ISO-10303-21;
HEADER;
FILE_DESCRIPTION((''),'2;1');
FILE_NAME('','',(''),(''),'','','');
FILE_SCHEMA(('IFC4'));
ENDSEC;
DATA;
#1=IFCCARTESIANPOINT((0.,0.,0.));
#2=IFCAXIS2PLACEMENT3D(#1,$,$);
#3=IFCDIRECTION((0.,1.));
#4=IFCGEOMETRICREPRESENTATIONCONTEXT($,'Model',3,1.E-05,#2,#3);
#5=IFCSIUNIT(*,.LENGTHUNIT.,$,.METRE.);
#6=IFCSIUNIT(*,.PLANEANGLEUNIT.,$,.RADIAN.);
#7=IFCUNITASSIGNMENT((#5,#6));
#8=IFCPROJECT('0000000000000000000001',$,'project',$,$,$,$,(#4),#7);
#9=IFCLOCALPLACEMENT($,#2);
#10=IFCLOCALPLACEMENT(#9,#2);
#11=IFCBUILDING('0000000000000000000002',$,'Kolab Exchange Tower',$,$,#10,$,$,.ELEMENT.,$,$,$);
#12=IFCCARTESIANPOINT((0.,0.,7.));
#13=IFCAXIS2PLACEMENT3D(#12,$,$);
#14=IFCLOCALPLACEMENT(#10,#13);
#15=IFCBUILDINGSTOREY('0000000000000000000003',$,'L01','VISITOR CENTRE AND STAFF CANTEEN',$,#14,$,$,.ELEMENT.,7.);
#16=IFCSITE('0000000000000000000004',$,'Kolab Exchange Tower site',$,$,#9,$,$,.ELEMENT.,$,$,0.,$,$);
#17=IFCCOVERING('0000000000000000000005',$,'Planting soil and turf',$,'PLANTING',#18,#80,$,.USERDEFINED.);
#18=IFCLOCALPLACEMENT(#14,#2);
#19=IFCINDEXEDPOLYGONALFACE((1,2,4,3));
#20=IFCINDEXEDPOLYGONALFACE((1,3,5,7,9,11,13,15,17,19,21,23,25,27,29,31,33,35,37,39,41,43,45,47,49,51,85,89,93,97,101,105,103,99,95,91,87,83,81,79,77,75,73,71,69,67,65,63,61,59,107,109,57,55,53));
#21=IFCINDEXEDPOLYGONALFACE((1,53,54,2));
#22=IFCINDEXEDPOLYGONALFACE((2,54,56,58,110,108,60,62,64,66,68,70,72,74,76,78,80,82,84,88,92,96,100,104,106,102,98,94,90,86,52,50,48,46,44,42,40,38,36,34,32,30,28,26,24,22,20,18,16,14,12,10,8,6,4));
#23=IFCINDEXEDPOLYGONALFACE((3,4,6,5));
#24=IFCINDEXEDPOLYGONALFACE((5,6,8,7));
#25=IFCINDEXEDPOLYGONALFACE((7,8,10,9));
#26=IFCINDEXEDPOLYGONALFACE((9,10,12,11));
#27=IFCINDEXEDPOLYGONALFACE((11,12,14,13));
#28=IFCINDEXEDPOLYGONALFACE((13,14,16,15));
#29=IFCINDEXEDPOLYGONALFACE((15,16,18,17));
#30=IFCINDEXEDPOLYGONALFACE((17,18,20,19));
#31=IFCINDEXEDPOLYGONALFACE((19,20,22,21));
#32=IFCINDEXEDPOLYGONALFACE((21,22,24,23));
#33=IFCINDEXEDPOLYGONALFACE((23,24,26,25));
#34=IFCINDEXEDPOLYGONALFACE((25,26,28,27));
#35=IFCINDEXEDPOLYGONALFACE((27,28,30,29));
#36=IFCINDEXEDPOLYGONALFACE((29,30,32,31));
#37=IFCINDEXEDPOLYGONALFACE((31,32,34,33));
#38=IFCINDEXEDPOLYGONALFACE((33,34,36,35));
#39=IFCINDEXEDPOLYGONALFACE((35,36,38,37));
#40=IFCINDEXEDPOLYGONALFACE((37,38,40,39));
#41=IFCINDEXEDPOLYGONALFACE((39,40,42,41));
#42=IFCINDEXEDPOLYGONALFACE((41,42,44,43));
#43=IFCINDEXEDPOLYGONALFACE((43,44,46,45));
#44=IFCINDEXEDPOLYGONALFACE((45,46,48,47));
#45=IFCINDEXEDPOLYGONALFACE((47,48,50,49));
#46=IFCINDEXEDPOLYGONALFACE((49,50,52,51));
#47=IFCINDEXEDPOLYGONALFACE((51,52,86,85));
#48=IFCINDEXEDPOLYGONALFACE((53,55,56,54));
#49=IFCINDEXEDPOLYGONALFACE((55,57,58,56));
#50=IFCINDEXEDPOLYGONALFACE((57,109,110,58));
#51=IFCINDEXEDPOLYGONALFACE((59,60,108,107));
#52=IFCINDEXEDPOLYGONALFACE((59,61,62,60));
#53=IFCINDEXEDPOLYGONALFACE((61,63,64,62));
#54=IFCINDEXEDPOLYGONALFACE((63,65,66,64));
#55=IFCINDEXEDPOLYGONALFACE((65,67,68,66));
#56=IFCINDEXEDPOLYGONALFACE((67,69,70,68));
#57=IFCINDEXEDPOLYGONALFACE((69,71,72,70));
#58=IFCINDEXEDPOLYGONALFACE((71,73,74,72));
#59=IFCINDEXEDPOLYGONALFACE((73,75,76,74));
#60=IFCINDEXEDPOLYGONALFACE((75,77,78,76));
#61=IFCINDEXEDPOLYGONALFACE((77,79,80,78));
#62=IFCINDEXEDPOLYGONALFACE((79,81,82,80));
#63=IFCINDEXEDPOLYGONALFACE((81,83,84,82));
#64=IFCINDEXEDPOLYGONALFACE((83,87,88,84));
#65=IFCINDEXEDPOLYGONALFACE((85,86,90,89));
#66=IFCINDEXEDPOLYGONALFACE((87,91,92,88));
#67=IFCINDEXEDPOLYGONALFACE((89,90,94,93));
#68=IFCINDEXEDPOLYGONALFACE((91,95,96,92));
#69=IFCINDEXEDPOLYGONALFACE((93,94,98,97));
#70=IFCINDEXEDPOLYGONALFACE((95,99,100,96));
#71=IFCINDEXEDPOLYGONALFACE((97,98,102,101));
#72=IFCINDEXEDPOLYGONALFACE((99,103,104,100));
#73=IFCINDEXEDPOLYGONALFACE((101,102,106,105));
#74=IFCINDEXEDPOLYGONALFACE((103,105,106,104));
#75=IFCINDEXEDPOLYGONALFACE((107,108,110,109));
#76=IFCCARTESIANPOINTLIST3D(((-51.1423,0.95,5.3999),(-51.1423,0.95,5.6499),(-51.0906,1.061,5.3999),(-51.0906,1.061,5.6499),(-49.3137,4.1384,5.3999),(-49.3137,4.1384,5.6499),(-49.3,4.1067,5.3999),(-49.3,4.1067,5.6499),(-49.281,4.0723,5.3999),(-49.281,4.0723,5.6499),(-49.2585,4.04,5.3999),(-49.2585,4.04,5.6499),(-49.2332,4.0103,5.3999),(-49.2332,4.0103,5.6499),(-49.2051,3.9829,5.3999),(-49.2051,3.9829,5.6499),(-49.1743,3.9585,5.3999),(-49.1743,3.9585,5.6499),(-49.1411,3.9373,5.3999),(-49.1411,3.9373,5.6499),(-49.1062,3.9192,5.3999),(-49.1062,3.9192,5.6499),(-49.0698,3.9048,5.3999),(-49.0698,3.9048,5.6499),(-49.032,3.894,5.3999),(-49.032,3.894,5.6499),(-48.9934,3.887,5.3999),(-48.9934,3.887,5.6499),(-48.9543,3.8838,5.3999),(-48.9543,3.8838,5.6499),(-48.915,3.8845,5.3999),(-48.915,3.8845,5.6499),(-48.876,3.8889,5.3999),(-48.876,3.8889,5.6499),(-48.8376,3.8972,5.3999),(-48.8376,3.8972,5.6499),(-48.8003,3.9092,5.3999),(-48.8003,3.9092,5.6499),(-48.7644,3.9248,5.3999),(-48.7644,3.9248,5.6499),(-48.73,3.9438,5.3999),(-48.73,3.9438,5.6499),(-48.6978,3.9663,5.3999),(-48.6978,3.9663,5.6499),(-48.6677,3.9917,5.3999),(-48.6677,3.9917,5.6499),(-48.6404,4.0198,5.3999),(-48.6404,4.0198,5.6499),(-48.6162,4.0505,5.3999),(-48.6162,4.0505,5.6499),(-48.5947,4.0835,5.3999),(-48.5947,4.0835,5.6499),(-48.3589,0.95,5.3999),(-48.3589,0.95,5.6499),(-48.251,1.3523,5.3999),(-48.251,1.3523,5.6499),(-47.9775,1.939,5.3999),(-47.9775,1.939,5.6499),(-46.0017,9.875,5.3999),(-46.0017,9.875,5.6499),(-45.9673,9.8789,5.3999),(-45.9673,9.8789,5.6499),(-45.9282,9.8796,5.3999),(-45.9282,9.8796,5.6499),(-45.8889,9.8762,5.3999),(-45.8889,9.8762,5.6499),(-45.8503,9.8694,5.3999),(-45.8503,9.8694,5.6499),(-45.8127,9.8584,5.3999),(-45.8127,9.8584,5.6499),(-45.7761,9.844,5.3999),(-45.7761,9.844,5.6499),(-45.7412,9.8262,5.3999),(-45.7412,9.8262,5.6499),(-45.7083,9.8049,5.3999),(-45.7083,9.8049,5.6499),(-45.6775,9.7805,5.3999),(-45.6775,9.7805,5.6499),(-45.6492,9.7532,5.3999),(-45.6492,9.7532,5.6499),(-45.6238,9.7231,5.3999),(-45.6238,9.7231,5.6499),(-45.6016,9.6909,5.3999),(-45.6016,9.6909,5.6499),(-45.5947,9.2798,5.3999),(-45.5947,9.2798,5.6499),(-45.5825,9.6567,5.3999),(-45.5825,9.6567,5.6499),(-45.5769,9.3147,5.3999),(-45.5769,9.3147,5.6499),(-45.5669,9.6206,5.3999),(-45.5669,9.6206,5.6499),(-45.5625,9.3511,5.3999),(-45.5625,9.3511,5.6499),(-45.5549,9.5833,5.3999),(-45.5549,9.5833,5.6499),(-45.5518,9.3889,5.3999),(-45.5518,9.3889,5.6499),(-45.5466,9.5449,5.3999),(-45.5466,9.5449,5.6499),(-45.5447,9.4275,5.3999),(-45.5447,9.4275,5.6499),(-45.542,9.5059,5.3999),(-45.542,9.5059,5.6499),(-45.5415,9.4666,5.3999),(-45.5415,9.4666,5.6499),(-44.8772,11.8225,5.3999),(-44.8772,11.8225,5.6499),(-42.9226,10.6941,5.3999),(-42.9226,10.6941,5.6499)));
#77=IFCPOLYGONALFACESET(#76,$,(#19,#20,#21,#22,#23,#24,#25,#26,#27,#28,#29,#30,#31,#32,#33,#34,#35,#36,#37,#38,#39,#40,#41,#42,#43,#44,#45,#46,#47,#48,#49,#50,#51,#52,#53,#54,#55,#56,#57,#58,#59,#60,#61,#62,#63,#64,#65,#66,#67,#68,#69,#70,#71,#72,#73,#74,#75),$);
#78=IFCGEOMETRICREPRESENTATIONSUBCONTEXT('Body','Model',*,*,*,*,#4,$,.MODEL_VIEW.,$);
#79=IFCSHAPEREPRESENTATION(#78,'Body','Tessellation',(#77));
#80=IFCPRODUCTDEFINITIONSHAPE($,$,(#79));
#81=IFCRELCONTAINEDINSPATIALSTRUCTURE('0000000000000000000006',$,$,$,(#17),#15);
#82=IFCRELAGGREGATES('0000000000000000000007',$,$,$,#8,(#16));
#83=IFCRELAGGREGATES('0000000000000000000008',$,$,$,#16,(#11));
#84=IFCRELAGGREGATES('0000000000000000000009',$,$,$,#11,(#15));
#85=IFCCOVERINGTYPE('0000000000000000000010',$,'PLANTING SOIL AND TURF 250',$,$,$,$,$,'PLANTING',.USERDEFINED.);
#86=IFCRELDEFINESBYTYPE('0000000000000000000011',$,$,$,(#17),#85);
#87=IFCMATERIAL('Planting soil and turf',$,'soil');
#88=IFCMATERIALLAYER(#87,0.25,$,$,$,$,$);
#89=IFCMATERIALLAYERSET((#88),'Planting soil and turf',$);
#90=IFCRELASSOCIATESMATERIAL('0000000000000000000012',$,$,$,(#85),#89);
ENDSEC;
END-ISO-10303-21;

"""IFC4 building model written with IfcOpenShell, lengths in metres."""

from ifc_helpers import new_model, si_unit, direction, frame, origin, place, context, subcontext, project, spatial, polyline, outline, extrude, material, layer, layer_set, type_object, element, save


model = new_model("IFC4")

# Units and contexts
model_context = context("Model", 3, precision=1e-05, world=origin(), true_north=direction((0.0, 1.0)))
body_context = subcontext(model_context, "Body", "Model", "MODEL_VIEW")
ifc_project = project(units=[si_unit("LENGTHUNIT", "METRE"), si_unit("PLANEANGLEUNIT", "RADIAN")], contexts=[model_context])

# Site, building, storey
site_placement = place(None, origin())
site = spatial("IfcSite", under=ifc_project, at=site_placement, Name="Kolab Exchange Tower site", CompositionType="ELEMENT", RefElevation=0.0)
building_placement = place(site_placement, origin())
building = spatial("IfcBuilding", under=site, at=building_placement, Name="Kolab Exchange Tower", CompositionType="ELEMENT")
storey_placement = place(building_placement, frame((0.0, 0.0, 7.0)))
storey = spatial("IfcBuildingStorey", under=building, at=storey_placement, Name="L01", Description="VISITOR CENTRE AND STAFF CANTEEN", CompositionType="ELEMENT", Elevation=7.0)

# Covering
ifc_material_1 = material(Name="Planting soil and turf", Category="soil")
ifc_layer_1 = layer(ifc_material_1, 0.25)
ifc_layer_set_1 = layer_set([ifc_layer_1], Name="Planting soil and turf")
covering_type = type_object("IfcCoveringType", Name="PLANTING SOIL AND TURF 250", ElementType="PLANTING", PredefinedType="USERDEFINED", material=ifc_layer_set_1)
covering_placement = place(storey_placement, frame((0.0, 0.0, 5.3999)))
element("IfcCovering", 1, at=covering_placement, inside=storey, type_object=covering_type, Name="Planting soil and turf", ObjectType="PLANTING", PredefinedType="USERDEFINED", context=body_context, shape_type="SweptSolid", body=[
    extrude(outline(polyline([(-51.0906, 1.061), (-49.3137, 4.1384), (-49.3, 4.1067), (-49.281, 4.0723), (-49.2585, 4.04), (-49.2332, 4.0103), (-49.2051, 3.9829), (-49.1743, 3.9585), (-49.1411, 3.9373), (-49.1062, 3.9192), (-49.0698, 3.9048), (-49.032, 3.894), (-48.9934, 3.887), (-48.9543, 3.8838), (-48.915, 3.8845), (-48.876, 3.8889), (-48.8376, 3.8972), (-48.8003, 3.9092), (-48.7644, 3.9248), (-48.73, 3.9438), (-48.6978, 3.9663), (-48.6677, 3.9917), (-48.6404, 4.0198), (-48.6162, 4.0505), (-48.5947, 4.0835), (-45.5947, 9.2798), (-45.5769, 9.3147), (-45.5625, 9.3511), (-45.5518, 9.3889), (-45.5447, 9.4275), (-45.5415, 9.4666), (-45.542, 9.5059), (-45.5466, 9.5449), (-45.5549, 9.5833), (-45.5669, 9.6206), (-45.5825, 9.6567), (-45.6016, 9.6909), (-45.6238, 9.7231), (-45.6492, 9.7532), (-45.6775, 9.7805), (-45.7083, 9.8049), (-45.7412, 9.8262), (-45.7761, 9.844), (-45.8127, 9.8584), (-45.8503, 9.8694), (-45.8889, 9.8762), (-45.9282, 9.8796), (-45.9673, 9.8789), (-46.0017, 9.875), (-44.8772, 11.8225), (-42.9226, 10.6941), (-47.9775, 1.939), (-48.251, 1.3523), (-48.3589, 0.95), (-51.1423, 0.95), (-51.0906, 1.061)])), origin(), (0.0, 0.0, 1.0), 0.25),
])

save(model, "model.ifc")
